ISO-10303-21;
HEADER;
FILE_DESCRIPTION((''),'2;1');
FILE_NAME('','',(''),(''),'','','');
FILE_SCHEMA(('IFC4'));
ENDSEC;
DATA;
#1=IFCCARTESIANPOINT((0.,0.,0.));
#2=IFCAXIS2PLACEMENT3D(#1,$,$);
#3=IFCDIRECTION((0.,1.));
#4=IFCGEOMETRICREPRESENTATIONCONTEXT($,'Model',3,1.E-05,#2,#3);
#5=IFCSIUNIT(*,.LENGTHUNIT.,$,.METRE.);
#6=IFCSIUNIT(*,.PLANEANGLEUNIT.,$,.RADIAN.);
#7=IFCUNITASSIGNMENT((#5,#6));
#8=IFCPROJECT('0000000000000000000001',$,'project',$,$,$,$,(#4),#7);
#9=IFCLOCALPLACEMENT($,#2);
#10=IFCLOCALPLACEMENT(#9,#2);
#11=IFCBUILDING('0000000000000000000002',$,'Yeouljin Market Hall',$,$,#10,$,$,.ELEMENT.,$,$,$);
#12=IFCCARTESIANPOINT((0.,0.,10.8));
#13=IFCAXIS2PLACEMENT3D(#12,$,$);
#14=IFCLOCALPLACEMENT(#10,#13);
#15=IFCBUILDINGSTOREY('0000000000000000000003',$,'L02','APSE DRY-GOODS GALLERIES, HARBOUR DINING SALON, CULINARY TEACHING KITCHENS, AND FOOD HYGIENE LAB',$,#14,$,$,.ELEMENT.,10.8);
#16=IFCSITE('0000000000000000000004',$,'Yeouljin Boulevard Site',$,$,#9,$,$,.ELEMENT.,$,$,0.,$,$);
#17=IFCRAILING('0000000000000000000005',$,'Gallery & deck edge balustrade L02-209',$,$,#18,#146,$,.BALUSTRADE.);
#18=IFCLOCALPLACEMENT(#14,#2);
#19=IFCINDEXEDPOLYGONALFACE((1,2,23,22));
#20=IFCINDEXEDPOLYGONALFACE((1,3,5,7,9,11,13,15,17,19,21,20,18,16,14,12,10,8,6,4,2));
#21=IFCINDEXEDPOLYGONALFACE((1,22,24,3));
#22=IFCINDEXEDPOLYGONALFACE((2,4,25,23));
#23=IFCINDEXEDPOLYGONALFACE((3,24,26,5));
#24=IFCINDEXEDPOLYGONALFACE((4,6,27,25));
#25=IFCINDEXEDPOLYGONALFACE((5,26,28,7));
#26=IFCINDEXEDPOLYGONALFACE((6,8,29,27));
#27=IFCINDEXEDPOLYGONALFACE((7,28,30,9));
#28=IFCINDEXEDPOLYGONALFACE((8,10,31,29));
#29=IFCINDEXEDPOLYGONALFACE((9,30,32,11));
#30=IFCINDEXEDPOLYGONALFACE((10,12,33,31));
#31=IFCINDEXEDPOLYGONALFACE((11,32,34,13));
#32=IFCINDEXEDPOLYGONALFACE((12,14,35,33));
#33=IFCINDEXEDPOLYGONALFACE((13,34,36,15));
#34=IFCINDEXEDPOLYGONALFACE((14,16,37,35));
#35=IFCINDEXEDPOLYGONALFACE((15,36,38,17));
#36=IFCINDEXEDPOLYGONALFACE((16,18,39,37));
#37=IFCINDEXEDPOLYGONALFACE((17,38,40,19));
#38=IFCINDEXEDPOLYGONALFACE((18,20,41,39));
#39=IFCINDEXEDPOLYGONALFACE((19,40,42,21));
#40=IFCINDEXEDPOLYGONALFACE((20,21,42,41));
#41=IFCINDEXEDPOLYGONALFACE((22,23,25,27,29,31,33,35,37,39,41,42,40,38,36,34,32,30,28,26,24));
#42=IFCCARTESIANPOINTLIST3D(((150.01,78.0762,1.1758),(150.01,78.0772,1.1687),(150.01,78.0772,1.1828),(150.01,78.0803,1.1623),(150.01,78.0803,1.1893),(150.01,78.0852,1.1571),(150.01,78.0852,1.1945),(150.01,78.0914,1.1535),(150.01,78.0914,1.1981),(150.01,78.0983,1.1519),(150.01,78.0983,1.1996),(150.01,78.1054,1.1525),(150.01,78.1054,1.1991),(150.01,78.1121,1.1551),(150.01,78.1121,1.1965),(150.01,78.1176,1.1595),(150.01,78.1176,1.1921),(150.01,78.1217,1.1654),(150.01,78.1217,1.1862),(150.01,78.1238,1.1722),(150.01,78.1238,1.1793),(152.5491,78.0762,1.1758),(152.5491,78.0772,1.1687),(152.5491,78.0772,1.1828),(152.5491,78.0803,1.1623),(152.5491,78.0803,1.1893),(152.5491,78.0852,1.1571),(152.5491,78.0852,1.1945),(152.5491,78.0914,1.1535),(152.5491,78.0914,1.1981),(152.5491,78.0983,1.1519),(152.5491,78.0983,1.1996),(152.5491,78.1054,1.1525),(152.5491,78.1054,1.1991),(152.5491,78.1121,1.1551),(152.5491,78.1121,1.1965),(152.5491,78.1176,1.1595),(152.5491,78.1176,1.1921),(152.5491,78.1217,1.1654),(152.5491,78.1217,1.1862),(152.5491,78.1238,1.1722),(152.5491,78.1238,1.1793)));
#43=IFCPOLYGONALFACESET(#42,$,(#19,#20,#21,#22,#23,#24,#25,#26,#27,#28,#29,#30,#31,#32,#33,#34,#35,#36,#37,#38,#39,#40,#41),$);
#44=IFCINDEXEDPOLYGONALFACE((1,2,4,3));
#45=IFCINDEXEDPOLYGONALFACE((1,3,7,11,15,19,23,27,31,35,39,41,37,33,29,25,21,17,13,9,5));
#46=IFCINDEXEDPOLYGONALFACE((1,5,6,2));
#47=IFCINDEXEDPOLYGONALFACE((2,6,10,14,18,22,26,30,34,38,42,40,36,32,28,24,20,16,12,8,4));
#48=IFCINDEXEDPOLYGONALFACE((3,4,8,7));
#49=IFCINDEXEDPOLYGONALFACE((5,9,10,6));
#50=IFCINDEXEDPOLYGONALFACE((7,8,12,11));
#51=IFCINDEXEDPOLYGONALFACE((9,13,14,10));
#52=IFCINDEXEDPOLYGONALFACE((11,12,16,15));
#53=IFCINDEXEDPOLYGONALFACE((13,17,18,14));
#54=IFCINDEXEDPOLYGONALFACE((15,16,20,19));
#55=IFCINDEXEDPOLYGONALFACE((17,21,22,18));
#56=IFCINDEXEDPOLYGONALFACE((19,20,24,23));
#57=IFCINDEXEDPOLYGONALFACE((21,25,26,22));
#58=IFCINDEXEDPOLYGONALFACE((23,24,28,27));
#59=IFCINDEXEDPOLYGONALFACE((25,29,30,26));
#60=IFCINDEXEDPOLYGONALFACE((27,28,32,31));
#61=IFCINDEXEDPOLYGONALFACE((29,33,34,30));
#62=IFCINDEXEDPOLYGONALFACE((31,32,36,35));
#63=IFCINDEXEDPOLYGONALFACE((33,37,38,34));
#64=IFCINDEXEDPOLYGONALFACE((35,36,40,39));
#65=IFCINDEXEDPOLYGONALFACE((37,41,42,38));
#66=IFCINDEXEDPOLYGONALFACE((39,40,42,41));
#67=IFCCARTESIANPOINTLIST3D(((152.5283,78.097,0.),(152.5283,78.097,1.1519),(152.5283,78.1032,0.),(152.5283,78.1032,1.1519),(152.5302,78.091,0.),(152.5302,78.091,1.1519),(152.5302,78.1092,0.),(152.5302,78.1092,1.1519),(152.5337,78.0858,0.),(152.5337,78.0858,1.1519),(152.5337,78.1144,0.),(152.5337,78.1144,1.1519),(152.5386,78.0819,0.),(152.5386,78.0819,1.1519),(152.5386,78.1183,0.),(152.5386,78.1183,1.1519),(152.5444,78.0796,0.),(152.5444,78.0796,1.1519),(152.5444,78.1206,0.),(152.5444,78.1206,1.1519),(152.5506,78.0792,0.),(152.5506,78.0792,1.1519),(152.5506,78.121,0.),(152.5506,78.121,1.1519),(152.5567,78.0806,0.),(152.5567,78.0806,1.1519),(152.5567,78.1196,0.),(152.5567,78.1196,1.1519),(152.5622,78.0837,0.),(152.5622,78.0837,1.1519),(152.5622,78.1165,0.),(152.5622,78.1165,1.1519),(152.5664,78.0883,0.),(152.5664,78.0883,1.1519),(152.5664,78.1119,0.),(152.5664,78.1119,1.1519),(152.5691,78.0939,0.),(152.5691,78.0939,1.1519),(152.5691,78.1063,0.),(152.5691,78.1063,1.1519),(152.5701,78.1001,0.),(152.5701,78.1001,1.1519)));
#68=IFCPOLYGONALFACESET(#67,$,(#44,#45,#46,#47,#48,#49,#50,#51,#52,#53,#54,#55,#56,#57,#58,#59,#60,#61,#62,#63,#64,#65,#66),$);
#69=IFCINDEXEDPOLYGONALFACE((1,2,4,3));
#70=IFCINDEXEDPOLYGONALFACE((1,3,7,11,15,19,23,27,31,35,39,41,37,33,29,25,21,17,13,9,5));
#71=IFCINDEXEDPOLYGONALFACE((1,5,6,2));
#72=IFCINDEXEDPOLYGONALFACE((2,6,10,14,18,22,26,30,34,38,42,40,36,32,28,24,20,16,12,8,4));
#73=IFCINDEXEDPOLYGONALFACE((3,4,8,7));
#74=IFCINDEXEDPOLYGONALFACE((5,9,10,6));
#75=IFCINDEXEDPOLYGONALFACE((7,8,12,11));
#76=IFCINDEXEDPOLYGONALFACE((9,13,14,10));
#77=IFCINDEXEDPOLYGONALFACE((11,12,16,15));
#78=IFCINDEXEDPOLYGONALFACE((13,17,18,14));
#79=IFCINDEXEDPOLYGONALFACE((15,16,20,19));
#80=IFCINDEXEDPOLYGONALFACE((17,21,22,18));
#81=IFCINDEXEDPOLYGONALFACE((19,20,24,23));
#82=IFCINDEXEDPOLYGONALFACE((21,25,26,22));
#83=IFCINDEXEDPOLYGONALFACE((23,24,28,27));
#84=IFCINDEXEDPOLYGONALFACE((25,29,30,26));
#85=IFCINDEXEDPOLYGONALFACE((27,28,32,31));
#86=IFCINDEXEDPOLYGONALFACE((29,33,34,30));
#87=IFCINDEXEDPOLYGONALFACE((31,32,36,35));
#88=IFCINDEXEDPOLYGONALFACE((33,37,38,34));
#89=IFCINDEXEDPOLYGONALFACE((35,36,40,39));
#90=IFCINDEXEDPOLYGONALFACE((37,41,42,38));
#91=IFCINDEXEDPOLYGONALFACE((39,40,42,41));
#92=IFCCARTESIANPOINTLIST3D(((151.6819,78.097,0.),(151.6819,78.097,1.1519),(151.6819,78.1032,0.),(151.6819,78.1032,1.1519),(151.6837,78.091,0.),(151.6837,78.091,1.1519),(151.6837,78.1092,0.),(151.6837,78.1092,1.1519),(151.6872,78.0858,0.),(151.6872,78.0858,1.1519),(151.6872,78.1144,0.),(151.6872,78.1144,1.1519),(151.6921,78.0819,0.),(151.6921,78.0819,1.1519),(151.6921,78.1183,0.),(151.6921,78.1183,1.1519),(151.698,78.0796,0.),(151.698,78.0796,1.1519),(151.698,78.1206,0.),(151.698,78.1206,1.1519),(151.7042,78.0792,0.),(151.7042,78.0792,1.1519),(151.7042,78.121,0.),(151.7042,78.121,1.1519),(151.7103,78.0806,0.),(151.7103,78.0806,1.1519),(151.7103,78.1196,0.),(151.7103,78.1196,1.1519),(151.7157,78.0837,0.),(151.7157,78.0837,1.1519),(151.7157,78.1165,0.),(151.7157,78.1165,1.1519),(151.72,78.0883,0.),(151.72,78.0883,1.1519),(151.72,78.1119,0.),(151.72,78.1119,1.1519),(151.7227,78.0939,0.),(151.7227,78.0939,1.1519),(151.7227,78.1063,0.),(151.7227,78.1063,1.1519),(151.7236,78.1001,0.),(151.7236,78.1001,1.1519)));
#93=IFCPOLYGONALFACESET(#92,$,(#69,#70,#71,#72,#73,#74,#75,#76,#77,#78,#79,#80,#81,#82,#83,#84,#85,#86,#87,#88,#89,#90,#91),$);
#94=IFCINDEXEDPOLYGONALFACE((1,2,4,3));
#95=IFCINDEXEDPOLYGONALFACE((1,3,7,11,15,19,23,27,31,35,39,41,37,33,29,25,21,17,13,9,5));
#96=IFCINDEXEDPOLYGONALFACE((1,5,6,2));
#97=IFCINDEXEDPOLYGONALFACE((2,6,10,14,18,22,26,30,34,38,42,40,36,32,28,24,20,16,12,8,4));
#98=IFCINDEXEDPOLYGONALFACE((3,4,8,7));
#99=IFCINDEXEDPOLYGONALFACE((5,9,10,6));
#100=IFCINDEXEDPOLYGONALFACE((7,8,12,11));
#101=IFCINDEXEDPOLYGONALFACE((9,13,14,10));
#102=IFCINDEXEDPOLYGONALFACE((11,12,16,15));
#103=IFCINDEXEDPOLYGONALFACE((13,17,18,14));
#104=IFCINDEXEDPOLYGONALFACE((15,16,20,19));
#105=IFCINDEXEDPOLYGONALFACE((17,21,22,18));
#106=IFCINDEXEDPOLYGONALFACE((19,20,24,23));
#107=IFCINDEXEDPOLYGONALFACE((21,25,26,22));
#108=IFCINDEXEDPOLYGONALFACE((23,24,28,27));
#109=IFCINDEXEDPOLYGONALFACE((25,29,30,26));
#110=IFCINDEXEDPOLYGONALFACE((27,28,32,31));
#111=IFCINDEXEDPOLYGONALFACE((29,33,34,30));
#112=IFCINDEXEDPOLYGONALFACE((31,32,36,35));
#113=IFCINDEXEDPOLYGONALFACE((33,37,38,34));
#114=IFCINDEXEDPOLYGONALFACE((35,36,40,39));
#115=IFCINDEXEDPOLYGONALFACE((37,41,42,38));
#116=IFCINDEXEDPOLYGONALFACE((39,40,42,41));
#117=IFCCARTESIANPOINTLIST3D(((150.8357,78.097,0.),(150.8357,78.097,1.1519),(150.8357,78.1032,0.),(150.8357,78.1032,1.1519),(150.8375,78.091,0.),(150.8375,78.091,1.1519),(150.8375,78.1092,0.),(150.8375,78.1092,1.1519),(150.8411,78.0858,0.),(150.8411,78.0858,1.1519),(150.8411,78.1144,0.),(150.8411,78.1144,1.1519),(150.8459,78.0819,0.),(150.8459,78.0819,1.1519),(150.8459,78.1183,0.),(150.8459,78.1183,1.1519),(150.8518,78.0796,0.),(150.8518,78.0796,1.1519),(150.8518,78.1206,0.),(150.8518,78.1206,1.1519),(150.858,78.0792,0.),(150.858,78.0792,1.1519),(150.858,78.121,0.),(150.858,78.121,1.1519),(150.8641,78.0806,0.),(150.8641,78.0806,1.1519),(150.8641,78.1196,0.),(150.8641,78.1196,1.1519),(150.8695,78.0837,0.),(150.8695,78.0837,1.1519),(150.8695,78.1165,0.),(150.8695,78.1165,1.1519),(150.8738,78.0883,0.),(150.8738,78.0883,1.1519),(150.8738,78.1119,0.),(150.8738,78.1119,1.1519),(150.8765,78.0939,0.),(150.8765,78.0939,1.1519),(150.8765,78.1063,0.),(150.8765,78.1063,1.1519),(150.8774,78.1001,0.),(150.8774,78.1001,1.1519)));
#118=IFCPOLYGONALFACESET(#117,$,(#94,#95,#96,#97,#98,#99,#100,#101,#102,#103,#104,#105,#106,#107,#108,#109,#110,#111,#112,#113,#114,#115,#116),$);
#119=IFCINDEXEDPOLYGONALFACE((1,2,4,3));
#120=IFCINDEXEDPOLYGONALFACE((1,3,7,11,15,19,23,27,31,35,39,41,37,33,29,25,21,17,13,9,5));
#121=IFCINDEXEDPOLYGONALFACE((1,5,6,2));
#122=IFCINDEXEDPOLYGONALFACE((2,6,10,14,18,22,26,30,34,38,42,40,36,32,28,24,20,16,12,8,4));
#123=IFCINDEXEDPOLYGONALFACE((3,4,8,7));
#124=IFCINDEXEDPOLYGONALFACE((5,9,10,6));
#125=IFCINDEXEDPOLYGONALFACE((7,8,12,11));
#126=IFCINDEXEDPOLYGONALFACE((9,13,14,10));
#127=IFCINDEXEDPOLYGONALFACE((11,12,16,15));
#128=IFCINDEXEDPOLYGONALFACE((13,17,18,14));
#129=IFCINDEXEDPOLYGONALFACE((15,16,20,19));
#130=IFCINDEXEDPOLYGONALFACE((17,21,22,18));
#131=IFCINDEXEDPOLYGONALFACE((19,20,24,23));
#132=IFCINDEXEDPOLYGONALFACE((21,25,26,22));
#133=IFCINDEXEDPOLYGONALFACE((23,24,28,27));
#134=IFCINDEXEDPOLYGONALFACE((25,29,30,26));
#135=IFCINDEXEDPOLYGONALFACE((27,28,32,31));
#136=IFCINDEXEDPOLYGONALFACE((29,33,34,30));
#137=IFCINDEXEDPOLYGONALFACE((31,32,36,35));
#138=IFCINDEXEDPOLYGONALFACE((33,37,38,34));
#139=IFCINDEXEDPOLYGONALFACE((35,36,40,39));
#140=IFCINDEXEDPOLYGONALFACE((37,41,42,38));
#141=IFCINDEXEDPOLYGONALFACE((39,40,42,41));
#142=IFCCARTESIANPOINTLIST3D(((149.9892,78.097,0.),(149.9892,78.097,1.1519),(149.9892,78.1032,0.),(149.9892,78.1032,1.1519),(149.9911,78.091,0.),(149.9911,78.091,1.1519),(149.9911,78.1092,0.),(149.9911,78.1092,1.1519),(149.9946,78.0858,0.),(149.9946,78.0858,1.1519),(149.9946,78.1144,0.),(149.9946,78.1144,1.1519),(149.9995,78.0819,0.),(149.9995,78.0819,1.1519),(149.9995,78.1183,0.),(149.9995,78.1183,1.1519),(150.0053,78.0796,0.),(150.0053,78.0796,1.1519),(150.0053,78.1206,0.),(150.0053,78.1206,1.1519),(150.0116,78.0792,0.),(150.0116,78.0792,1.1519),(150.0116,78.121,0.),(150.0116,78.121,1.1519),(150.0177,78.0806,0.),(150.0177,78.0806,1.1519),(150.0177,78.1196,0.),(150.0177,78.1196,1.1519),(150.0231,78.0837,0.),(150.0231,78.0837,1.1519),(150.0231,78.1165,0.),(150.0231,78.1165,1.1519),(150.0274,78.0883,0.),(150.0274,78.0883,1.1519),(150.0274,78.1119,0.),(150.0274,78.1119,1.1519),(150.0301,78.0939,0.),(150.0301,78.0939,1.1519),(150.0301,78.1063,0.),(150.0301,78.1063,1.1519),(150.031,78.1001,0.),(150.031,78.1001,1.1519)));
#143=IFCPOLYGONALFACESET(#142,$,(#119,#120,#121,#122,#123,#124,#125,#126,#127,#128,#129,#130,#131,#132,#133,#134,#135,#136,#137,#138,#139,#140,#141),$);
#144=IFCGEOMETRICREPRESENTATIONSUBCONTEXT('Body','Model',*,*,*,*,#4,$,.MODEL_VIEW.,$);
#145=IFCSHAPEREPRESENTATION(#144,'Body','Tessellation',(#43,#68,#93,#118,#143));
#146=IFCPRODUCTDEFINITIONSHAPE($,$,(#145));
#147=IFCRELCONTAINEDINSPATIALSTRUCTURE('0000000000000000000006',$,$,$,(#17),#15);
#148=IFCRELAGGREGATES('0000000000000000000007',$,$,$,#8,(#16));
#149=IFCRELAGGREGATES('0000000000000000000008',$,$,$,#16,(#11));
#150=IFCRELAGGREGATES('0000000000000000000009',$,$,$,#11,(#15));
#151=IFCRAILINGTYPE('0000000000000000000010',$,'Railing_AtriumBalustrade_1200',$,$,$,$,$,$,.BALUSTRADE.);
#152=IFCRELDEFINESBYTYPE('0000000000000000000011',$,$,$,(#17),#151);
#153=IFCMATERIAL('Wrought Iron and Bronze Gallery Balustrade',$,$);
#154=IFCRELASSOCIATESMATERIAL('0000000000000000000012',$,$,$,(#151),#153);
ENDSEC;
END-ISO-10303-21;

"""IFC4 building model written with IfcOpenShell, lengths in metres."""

from ifc_helpers import new_model, si_unit, direction, frame, origin, origin_2d, place, context, subcontext, project, spatial, circle, extrude, material, type_object, element, save


model = new_model("IFC4")

# Units and contexts
model_context = context("Model", 3, precision=1e-05, world=origin(), true_north=direction((0.0, 1.0)))
body_context = subcontext(model_context, "Body", "Model", "MODEL_VIEW")
ifc_project = project(units=[si_unit("LENGTHUNIT", "METRE"), si_unit("PLANEANGLEUNIT", "RADIAN")], contexts=[model_context])

# Site, building, storey
site_placement = place(None, origin())
site = spatial("IfcSite", under=ifc_project, at=site_placement, Name="Yeouljin Boulevard Site", CompositionType="ELEMENT", RefElevation=0.0)
building_placement = place(site_placement, origin())
building = spatial("IfcBuilding", under=site, at=building_placement, Name="Yeouljin Market Hall", CompositionType="ELEMENT")
storey_placement = place(building_placement, frame((0.0, 0.0, 10.8)))
storey = spatial("IfcBuildingStorey", under=building, at=storey_placement, Name="L02", Description="APSE DRY-GOODS GALLERIES, HARBOUR DINING SALON, CULINARY TEACHING KITCHENS, AND FOOD HYGIENE LAB", CompositionType="ELEMENT", Elevation=10.8)

# Railing
ifc_material_1 = material(Name="Wrought Iron and Bronze Gallery Balustrade")
railing_type_1 = type_object("IfcRailingType", Name="Railing_AtriumBalustrade_1200", PredefinedType="BALUSTRADE", material=ifc_material_1)
railing_1_placement = place(storey_placement, frame((152.5491, 78.1001, 0.0)))
element("IfcRailing", 1, at=railing_1_placement, inside=storey, type_object=railing_type_1, Name="Gallery & deck edge balustrade L02-209", PredefinedType="BALUSTRADE", context=body_context, shape_type="SweptSolid", body=[
    extrude(circle(Radius=0.0239, at=origin_2d()), frame((0.0, 0.0, 1.1758), z_axis=(-1.0, 0.0, 0.0), x_axis=(0.0, -1.0, 0.0)), (0.0, 0.0, 1.0), 2.5391),
    extrude(circle(Radius=0.021, at=origin_2d()), origin(), (0.0, 0.0, 1.0), 1.1519),
    extrude(circle(Radius=0.021, at=origin_2d()), frame((-0.8464, 0.0, 0.0)), (0.0, 0.0, 1.0), 1.1519),
    extrude(circle(Radius=0.021, at=origin_2d()), frame((-1.6926, 0.0, 0.0)), (0.0, 0.0, 1.0), 1.1519),
    extrude(circle(Radius=0.021, at=origin_2d()), frame((-2.5391, 0.0, 0.0)), (0.0, 0.0, 1.0), 1.1519),
])

save(model, "model.ifc")
